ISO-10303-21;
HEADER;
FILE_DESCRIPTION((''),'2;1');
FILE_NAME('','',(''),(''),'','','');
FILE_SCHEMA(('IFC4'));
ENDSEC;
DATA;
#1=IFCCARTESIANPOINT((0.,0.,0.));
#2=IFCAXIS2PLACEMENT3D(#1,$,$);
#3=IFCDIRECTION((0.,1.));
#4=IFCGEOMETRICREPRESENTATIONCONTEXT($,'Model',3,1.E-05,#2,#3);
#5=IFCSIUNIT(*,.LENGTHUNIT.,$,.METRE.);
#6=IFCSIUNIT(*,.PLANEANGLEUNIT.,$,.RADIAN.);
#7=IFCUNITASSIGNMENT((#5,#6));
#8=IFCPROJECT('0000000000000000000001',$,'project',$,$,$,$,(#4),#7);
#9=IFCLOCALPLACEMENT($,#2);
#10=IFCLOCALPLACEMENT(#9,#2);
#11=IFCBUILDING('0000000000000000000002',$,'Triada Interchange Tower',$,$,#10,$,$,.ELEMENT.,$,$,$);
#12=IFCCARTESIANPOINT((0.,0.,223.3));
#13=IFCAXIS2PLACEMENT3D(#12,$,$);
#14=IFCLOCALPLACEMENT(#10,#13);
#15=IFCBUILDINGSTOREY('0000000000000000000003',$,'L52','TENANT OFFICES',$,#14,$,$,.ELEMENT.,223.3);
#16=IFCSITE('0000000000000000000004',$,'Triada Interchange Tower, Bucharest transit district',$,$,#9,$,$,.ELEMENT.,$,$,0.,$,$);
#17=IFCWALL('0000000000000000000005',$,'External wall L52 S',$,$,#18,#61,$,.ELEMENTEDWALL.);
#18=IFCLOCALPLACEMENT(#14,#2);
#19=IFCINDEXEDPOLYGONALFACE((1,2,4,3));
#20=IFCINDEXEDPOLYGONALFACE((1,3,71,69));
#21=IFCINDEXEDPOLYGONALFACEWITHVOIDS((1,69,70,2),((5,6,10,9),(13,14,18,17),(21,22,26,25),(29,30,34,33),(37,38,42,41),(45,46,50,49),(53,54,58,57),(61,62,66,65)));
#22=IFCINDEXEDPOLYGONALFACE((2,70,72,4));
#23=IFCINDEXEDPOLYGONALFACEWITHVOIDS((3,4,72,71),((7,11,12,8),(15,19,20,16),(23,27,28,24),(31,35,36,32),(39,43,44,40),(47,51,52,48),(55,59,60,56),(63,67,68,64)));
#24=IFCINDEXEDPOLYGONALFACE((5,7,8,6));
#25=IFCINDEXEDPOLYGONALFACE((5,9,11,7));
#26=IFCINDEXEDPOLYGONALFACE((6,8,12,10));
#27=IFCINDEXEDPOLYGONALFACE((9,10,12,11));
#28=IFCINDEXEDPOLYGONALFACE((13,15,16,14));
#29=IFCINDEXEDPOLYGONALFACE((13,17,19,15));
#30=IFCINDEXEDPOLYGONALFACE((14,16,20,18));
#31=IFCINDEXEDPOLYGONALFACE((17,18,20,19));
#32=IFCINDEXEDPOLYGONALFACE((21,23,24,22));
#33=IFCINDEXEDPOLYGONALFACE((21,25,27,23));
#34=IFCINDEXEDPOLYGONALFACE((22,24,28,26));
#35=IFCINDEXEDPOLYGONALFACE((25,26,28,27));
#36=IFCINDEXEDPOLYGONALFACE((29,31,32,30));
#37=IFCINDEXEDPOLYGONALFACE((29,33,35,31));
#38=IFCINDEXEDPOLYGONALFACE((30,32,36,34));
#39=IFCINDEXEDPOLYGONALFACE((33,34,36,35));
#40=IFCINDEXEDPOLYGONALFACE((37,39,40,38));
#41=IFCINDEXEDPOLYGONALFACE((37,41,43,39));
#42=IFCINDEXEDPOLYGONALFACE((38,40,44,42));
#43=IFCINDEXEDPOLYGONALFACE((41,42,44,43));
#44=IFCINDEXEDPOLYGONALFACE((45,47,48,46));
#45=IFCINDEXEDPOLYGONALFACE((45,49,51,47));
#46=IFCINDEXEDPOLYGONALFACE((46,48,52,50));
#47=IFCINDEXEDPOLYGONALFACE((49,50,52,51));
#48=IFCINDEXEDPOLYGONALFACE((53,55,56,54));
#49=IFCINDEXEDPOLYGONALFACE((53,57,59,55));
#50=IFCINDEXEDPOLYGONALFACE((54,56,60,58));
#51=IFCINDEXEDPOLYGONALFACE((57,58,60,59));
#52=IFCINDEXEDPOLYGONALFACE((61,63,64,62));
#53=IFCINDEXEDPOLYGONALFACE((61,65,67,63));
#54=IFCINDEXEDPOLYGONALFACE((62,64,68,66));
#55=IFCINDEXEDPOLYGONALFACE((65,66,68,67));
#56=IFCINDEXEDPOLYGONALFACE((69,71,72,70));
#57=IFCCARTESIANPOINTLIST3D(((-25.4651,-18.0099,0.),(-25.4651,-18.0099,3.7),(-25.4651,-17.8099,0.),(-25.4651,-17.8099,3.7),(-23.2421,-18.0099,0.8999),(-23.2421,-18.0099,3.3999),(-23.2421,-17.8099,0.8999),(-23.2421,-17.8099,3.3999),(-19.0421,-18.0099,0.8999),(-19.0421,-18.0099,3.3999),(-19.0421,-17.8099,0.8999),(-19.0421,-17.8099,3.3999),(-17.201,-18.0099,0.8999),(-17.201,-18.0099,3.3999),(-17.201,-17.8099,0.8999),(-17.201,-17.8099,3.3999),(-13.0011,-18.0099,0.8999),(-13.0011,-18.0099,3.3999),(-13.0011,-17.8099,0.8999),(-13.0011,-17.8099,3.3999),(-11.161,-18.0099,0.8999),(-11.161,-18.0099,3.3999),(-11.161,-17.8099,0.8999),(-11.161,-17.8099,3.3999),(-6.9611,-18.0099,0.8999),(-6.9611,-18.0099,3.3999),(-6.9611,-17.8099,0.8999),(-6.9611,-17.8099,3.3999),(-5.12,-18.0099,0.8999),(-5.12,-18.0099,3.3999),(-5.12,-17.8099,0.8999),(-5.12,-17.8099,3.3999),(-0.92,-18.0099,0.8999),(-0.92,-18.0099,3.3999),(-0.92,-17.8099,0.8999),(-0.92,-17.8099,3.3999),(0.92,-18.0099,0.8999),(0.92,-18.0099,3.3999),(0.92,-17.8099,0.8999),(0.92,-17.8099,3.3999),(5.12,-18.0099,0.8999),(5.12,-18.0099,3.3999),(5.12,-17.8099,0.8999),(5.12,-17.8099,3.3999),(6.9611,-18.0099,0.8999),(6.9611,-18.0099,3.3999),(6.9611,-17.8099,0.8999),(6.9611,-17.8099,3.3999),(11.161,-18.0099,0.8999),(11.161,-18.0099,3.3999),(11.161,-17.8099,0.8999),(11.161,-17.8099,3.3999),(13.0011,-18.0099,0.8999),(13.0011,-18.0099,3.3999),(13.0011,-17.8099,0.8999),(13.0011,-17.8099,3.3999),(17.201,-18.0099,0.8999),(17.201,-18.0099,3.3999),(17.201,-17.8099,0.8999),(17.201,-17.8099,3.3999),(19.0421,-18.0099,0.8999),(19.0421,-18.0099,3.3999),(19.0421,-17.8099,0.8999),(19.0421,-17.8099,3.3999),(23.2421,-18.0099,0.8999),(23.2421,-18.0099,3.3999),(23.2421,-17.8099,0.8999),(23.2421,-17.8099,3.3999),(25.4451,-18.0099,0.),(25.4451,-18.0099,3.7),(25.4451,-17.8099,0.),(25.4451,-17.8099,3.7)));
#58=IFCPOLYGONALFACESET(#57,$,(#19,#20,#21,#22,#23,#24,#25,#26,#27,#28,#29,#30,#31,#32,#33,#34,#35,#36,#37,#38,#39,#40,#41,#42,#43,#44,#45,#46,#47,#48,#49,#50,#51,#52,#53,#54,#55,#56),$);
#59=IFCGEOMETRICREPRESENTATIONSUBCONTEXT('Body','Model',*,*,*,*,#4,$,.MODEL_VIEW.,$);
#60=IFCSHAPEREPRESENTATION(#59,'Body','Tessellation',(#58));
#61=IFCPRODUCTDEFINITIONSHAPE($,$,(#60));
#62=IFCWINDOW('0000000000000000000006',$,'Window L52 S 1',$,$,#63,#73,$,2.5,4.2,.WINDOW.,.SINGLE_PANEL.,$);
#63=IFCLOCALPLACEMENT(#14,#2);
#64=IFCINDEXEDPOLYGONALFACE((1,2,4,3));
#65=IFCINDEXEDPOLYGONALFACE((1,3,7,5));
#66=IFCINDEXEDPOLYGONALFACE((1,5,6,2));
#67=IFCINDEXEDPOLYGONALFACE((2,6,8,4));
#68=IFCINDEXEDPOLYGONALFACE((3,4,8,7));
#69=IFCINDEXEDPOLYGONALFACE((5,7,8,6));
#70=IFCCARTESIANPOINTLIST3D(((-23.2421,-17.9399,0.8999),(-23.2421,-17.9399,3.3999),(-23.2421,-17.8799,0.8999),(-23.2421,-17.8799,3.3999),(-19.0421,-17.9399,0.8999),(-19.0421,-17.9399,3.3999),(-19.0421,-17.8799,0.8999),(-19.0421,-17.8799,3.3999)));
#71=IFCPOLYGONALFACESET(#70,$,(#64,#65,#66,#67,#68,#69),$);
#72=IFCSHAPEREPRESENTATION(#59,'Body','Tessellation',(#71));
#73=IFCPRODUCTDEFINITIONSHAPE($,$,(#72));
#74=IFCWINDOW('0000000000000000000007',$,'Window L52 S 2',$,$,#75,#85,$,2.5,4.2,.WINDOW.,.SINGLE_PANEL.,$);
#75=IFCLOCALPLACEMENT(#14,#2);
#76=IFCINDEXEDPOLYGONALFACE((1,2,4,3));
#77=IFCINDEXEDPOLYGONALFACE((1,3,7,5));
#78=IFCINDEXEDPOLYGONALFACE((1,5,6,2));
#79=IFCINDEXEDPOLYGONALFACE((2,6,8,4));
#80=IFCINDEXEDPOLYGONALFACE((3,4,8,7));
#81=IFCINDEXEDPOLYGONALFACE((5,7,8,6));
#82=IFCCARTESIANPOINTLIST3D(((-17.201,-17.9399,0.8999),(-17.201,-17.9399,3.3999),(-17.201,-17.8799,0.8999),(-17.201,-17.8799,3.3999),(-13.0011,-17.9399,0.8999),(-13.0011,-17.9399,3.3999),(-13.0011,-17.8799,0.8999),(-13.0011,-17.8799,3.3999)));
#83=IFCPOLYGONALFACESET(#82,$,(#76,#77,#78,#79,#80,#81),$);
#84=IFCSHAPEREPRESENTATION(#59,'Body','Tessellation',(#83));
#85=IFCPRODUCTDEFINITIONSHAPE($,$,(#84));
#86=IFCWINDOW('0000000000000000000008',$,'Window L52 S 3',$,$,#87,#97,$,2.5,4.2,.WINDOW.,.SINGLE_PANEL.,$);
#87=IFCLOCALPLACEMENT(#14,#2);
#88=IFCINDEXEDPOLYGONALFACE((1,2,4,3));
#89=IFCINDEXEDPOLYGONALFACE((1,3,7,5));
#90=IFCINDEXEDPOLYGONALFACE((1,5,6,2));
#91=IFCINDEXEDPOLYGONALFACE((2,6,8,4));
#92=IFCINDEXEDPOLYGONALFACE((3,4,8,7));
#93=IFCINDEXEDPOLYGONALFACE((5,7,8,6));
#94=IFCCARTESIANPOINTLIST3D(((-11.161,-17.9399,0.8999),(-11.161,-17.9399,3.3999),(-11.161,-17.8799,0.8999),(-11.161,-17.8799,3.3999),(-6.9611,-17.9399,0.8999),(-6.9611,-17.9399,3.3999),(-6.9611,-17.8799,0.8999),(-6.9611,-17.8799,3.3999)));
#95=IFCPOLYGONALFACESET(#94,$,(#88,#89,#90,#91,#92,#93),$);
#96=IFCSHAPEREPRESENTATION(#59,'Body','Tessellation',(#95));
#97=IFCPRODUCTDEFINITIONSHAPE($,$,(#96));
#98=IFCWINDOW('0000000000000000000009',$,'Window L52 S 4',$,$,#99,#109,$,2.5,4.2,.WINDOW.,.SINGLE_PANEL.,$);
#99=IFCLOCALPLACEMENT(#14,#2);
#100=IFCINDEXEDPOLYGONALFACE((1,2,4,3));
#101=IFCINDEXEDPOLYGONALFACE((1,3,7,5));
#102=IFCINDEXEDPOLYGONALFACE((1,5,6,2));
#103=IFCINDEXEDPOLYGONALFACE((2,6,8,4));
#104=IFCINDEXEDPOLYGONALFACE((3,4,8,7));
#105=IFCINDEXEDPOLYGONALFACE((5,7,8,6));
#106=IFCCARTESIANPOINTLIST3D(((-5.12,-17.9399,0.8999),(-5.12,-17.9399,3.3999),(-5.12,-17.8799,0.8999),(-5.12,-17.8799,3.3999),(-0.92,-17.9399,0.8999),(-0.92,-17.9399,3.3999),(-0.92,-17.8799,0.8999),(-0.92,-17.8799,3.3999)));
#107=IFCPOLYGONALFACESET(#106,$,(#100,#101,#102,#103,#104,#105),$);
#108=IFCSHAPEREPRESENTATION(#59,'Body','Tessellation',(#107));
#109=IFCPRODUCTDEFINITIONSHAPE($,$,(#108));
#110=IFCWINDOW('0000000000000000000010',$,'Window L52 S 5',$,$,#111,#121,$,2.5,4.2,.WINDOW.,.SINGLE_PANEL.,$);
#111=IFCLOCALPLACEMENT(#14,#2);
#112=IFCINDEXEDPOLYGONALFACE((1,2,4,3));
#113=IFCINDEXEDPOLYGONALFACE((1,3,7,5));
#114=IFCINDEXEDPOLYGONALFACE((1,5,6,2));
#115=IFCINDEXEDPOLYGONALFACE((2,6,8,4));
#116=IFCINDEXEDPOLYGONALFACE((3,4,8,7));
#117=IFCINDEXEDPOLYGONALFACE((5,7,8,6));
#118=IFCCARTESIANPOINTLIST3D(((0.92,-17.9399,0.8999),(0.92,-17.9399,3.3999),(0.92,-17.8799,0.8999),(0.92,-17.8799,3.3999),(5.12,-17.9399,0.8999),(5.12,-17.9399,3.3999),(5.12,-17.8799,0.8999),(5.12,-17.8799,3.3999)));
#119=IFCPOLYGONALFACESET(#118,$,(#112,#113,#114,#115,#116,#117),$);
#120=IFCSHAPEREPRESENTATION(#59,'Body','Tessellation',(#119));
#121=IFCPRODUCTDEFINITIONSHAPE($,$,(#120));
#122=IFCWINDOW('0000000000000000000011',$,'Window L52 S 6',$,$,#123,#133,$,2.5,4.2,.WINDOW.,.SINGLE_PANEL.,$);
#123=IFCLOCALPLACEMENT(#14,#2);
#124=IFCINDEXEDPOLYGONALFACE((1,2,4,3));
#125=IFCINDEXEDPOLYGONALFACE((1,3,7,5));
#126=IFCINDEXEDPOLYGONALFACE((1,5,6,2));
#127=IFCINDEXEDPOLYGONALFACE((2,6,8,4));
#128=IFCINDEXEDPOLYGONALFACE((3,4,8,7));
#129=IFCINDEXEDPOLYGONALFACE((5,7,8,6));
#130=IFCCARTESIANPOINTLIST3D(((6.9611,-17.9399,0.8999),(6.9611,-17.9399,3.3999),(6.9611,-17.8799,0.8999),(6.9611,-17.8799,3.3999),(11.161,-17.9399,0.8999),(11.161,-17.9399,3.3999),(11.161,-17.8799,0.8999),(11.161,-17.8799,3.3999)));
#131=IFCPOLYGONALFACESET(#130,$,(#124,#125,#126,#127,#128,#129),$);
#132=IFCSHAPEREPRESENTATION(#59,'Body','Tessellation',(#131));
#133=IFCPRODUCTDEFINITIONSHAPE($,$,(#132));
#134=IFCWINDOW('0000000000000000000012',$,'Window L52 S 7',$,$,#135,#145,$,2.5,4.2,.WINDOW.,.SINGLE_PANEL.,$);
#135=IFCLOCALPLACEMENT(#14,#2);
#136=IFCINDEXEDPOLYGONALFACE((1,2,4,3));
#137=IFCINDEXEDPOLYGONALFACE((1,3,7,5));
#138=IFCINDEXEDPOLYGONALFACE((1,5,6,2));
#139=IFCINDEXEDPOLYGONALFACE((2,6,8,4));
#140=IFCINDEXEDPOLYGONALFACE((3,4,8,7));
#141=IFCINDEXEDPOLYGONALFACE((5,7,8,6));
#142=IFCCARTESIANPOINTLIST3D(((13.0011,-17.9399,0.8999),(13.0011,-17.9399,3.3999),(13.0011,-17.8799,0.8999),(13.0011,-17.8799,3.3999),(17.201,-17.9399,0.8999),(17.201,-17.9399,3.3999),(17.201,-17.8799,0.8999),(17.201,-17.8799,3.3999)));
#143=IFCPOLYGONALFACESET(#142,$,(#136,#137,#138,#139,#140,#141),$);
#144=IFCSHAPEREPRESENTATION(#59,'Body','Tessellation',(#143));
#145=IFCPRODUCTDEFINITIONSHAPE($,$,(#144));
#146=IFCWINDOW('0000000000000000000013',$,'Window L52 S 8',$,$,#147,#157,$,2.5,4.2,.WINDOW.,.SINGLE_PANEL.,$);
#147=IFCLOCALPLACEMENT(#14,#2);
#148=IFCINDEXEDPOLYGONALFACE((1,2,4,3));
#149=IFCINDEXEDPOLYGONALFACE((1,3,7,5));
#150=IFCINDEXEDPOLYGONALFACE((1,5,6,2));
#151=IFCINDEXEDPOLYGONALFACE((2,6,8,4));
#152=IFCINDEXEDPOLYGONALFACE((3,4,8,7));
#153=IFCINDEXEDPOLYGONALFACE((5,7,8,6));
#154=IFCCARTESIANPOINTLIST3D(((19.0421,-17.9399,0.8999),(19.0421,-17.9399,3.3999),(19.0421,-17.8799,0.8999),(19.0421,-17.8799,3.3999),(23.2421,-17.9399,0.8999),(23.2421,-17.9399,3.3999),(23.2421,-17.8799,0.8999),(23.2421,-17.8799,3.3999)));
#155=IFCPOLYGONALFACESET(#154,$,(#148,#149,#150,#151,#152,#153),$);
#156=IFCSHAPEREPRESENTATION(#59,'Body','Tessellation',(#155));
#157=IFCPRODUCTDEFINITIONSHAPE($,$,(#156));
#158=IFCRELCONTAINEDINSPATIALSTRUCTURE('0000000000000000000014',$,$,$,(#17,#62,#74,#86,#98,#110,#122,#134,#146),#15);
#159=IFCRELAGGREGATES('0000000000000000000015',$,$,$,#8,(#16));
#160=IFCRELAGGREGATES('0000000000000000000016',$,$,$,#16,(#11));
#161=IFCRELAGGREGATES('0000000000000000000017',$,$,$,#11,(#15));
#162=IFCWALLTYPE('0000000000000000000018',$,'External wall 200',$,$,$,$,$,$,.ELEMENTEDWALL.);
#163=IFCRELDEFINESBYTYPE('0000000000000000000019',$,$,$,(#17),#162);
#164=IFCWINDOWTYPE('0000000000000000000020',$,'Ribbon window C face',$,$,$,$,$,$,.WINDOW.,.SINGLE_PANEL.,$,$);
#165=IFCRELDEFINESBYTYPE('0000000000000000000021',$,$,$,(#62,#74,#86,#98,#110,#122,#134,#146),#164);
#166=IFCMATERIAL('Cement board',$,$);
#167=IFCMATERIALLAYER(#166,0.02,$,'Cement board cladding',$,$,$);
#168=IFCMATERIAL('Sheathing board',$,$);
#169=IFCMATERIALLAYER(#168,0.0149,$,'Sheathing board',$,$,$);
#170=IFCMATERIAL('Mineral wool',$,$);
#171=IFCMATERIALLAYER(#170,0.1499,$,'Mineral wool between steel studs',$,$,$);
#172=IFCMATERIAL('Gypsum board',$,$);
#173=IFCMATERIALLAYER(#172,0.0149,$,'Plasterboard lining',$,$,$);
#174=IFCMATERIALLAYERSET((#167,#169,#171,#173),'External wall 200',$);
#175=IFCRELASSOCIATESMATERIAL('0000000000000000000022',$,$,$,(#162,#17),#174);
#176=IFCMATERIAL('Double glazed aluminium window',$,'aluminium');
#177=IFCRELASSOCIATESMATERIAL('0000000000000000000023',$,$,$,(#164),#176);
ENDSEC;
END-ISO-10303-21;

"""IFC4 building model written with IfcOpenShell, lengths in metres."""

from ifc_helpers import new_model, si_unit, direction, frame, frame_2d, origin, place, context, subcontext, project, spatial, rectangle, extrude, material, layer, layer_set, layer_usage, type_object, element, fill, save


model = new_model("IFC4")

# Units and contexts
model_context = context("Model", 3, precision=1e-05, world=origin(), true_north=direction((0.0, 1.0)))
body_context = subcontext(model_context, "Body", "Model", "MODEL_VIEW")
ifc_project = project(units=[si_unit("LENGTHUNIT", "METRE"), si_unit("PLANEANGLEUNIT", "RADIAN")], contexts=[model_context])

# Site, building, storey
site_placement = place(None, origin())
site = spatial("IfcSite", under=ifc_project, at=site_placement, Name="Triada Interchange Tower, Bucharest transit district", CompositionType="ELEMENT", RefElevation=0.0)
building_placement = place(site_placement, origin())
building = spatial("IfcBuilding", under=site, at=building_placement, Name="Triada Interchange Tower", CompositionType="ELEMENT")
storey_placement = place(building_placement, frame((0.0, 0.0, 223.3)))
storey = spatial("IfcBuildingStorey", under=building, at=storey_placement, Name="L52", Description="TENANT OFFICES", CompositionType="ELEMENT", Elevation=223.3)

# Shared definitions
ifc_material_1 = material(Name="Cement board")
ifc_layer_1 = layer(ifc_material_1, 0.02, Name="Cement board cladding")
ifc_material_2 = material(Name="Sheathing board")
ifc_layer_2 = layer(ifc_material_2, 0.0149, Name="Sheathing board")
ifc_material_3 = material(Name="Mineral wool")
ifc_layer_3 = layer(ifc_material_3, 0.1499, Name="Mineral wool between steel studs")
ifc_material_4 = material(Name="Gypsum board")
ifc_layer_4 = layer(ifc_material_4, 0.0149, Name="Plasterboard lining")
ifc_layer_set_1 = layer_set([ifc_layer_1, ifc_layer_2, ifc_layer_3, ifc_layer_4], Name="External wall 200")
ifc_layer_usage = layer_usage(ifc_layer_set_1, "AXIS2", "POSITIVE", -0.1001)
wall_type_1 = type_object("IfcWallType", Name="External wall 200", PredefinedType="ELEMENTEDWALL", material=ifc_layer_set_1)
ifc_material_5 = material(Name="Double glazed aluminium window", Category="aluminium")

# Wall, openings, windows
wall_1_placement = place(storey_placement, frame((-25.4651, -17.9099, 0.0), z_axis=(0.0, 0.0, 1.0), x_axis=(1.0, 0.0, 0.0)))
wall_1 = element("IfcWall", 1, at=wall_1_placement, inside=storey, type_object=wall_type_1, material=ifc_layer_usage, Name="External wall L52 S", PredefinedType="ELEMENTEDWALL", context=body_context, shape_type="SweptSolid", body=[
    extrude(rectangle(XDim=50.9102, YDim=0.2, at=frame_2d((25.4551, 0.0))), origin(), (0.0, 0.0, 1.0), 3.7),
])
opening_1_placement = place(wall_1_placement, frame((2.2229, 0.0, 0.8999)))
opening_1 = element("IfcOpeningElement", 2, at=opening_1_placement, cuts=wall_1, PredefinedType="OPENING", context=body_context, shape_type="SweptSolid", body=[
    extrude(rectangle(XDim=4.2, YDim=2.5, at=frame_2d((2.1001, 1.25))), frame((0.0, 0.1099, 0.0), z_axis=(0.0, -1.0, 0.0), x_axis=(1.0, 0.0, 0.0)), (0.0, 0.0, 1.0), 0.22),
])
opening_2_placement = place(wall_1_placement, frame((8.2639, 0.0, 0.8999)))
opening_2 = element("IfcOpeningElement", 3, at=opening_2_placement, cuts=wall_1, PredefinedType="OPENING", context=body_context, shape_type="SweptSolid", body=[
    extrude(rectangle(XDim=4.2, YDim=2.5, at=frame_2d((2.1001, 1.25))), frame((0.0, 0.1099, 0.0), z_axis=(0.0, -1.0, 0.0), x_axis=(1.0, 0.0, 0.0)), (0.0, 0.0, 1.0), 0.22),
])
opening_3_placement = place(wall_1_placement, frame((14.304, 0.0, 0.8999)))
opening_3 = element("IfcOpeningElement", 4, at=opening_3_placement, cuts=wall_1, PredefinedType="OPENING", context=body_context, shape_type="SweptSolid", body=[
    extrude(rectangle(XDim=4.2, YDim=2.5, at=frame_2d((2.1001, 1.25))), frame((0.0, 0.1099, 0.0), z_axis=(0.0, -1.0, 0.0), x_axis=(1.0, 0.0, 0.0)), (0.0, 0.0, 1.0), 0.22),
])
opening_4_placement = place(wall_1_placement, frame((20.345, 0.0, 0.8999)))
opening_4 = element("IfcOpeningElement", 5, at=opening_4_placement, cuts=wall_1, PredefinedType="OPENING", context=body_context, shape_type="SweptSolid", body=[
    extrude(rectangle(XDim=4.2, YDim=2.5, at=frame_2d((2.1001, 1.25))), frame((0.0, 0.1099, 0.0), z_axis=(0.0, -1.0, 0.0), x_axis=(1.0, 0.0, 0.0)), (0.0, 0.0, 1.0), 0.22),
])
opening_5_placement = place(wall_1_placement, frame((26.385, 0.0, 0.8999)))
opening_5 = element("IfcOpeningElement", 6, at=opening_5_placement, cuts=wall_1, PredefinedType="OPENING", context=body_context, shape_type="SweptSolid", body=[
    extrude(rectangle(XDim=4.2, YDim=2.5, at=frame_2d((2.1001, 1.25))), frame((0.0, 0.1099, 0.0), z_axis=(0.0, -1.0, 0.0), x_axis=(1.0, 0.0, 0.0)), (0.0, 0.0, 1.0), 0.22),
])
opening_6_placement = place(wall_1_placement, frame((32.426, 0.0, 0.8999)))
opening_6 = element("IfcOpeningElement", 7, at=opening_6_placement, cuts=wall_1, PredefinedType="OPENING", context=body_context, shape_type="SweptSolid", body=[
    extrude(rectangle(XDim=4.2, YDim=2.5, at=frame_2d((2.1001, 1.25))), frame((0.0, 0.1099, 0.0), z_axis=(0.0, -1.0, 0.0), x_axis=(1.0, 0.0, 0.0)), (0.0, 0.0, 1.0), 0.22),
])
opening_7_placement = place(wall_1_placement, frame((38.4661, 0.0, 0.8999)))
opening_7 = element("IfcOpeningElement", 8, at=opening_7_placement, cuts=wall_1, PredefinedType="OPENING", context=body_context, shape_type="SweptSolid", body=[
    extrude(rectangle(XDim=4.2, YDim=2.5, at=frame_2d((2.1001, 1.25))), frame((0.0, 0.1099, 0.0), z_axis=(0.0, -1.0, 0.0), x_axis=(1.0, 0.0, 0.0)), (0.0, 0.0, 1.0), 0.22),
])
opening_8_placement = place(wall_1_placement, frame((44.5071, 0.0, 0.8999)))
opening_8 = element("IfcOpeningElement", 9, at=opening_8_placement, cuts=wall_1, PredefinedType="OPENING", context=body_context, shape_type="SweptSolid", body=[
    extrude(rectangle(XDim=4.2, YDim=2.5, at=frame_2d((2.1001, 1.25))), frame((0.0, 0.1099, 0.0), z_axis=(0.0, -1.0, 0.0), x_axis=(1.0, 0.0, 0.0)), (0.0, 0.0, 1.0), 0.22),
])
window_type_1 = type_object("IfcWindowType", Name="Ribbon window C face", PartitioningType="SINGLE_PANEL", PredefinedType="WINDOW", material=ifc_material_5)
window_1_placement = place(opening_1_placement, origin())
window_1 = element("IfcWindow", 10, at=window_1_placement, inside=storey, type_object=window_type_1, Name="Window L52 S 1", OverallHeight=2.5, OverallWidth=4.2, PartitioningType="SINGLE_PANEL", PredefinedType="WINDOW", context=body_context, shape_type="SweptSolid", body=[
    extrude(rectangle(XDim=4.2, YDim=2.5, at=frame_2d((2.1001, 1.25))), frame((0.0, 0.03, 0.0), z_axis=(0.0, -1.0, 0.0), x_axis=(1.0, 0.0, 0.0)), (0.0, 0.0, 1.0), 0.0601),
])
fill(opening_1, window_1)
window_2_placement = place(opening_2_placement, origin())
window_2 = element("IfcWindow", 11, at=window_2_placement, inside=storey, type_object=window_type_1, Name="Window L52 S 2", OverallHeight=2.5, OverallWidth=4.2, PartitioningType="SINGLE_PANEL", PredefinedType="WINDOW", context=body_context, shape_type="SweptSolid", body=[
    extrude(rectangle(XDim=4.2, YDim=2.5, at=frame_2d((2.1001, 1.25))), frame((0.0, 0.03, 0.0), z_axis=(0.0, -1.0, 0.0), x_axis=(1.0, 0.0, 0.0)), (0.0, 0.0, 1.0), 0.0601),
])
fill(opening_2, window_2)
window_3_placement = place(opening_3_placement, origin())
window_3 = element("IfcWindow", 12, at=window_3_placement, inside=storey, type_object=window_type_1, Name="Window L52 S 3", OverallHeight=2.5, OverallWidth=4.2, PartitioningType="SINGLE_PANEL", PredefinedType="WINDOW", context=body_context, shape_type="SweptSolid", body=[
    extrude(rectangle(XDim=4.2, YDim=2.5, at=frame_2d((2.1001, 1.25))), frame((0.0, 0.03, 0.0), z_axis=(0.0, -1.0, 0.0), x_axis=(1.0, 0.0, 0.0)), (0.0, 0.0, 1.0), 0.0601),
])
fill(opening_3, window_3)
window_4_placement = place(opening_4_placement, origin())
window_4 = element("IfcWindow", 13, at=window_4_placement, inside=storey, type_object=window_type_1, Name="Window L52 S 4", OverallHeight=2.5, OverallWidth=4.2, PartitioningType="SINGLE_PANEL", PredefinedType="WINDOW", context=body_context, shape_type="SweptSolid", body=[
    extrude(rectangle(XDim=4.2, YDim=2.5, at=frame_2d((2.1001, 1.25))), frame((0.0, 0.03, 0.0), z_axis=(0.0, -1.0, 0.0), x_axis=(1.0, 0.0, 0.0)), (0.0, 0.0, 1.0), 0.0601),
])
fill(opening_4, window_4)
window_5_placement = place(opening_5_placement, origin())
window_5 = element("IfcWindow", 14, at=window_5_placement, inside=storey, type_object=window_type_1, Name="Window L52 S 5", OverallHeight=2.5, OverallWidth=4.2, PartitioningType="SINGLE_PANEL", PredefinedType="WINDOW", context=body_context, shape_type="SweptSolid", body=[
    extrude(rectangle(XDim=4.2, YDim=2.5, at=frame_2d((2.1001, 1.25))), frame((0.0, 0.03, 0.0), z_axis=(0.0, -1.0, 0.0), x_axis=(1.0, 0.0, 0.0)), (0.0, 0.0, 1.0), 0.0601),
])
fill(opening_5, window_5)
window_6_placement = place(opening_6_placement, origin())
window_6 = element("IfcWindow", 15, at=window_6_placement, inside=storey, type_object=window_type_1, Name="Window L52 S 6", OverallHeight=2.5, OverallWidth=4.2, PartitioningType="SINGLE_PANEL", PredefinedType="WINDOW", context=body_context, shape_type="SweptSolid", body=[
    extrude(rectangle(XDim=4.2, YDim=2.5, at=frame_2d((2.1001, 1.25))), frame((0.0, 0.03, 0.0), z_axis=(0.0, -1.0, 0.0), x_axis=(1.0, 0.0, 0.0)), (0.0, 0.0, 1.0), 0.0601),
])
fill(opening_6, window_6)
window_7_placement = place(opening_7_placement, origin())
window_7 = element("IfcWindow", 16, at=window_7_placement, inside=storey, type_object=window_type_1, Name="Window L52 S 7", OverallHeight=2.5, OverallWidth=4.2, PartitioningType="SINGLE_PANEL", PredefinedType="WINDOW", context=body_context, shape_type="SweptSolid", body=[
    extrude(rectangle(XDim=4.2, YDim=2.5, at=frame_2d((2.1001, 1.25))), frame((0.0, 0.03, 0.0), z_axis=(0.0, -1.0, 0.0), x_axis=(1.0, 0.0, 0.0)), (0.0, 0.0, 1.0), 0.0601),
])
fill(opening_7, window_7)
window_8_placement = place(opening_8_placement, origin())
window_8 = element("IfcWindow", 17, at=window_8_placement, inside=storey, type_object=window_type_1, Name="Window L52 S 8", OverallHeight=2.5, OverallWidth=4.2, PartitioningType="SINGLE_PANEL", PredefinedType="WINDOW", context=body_context, shape_type="SweptSolid", body=[
    extrude(rectangle(XDim=4.2, YDim=2.5, at=frame_2d((2.1001, 1.25))), frame((0.0, 0.03, 0.0), z_axis=(0.0, -1.0, 0.0), x_axis=(1.0, 0.0, 0.0)), (0.0, 0.0, 1.0), 0.0601),
])
fill(opening_8, window_8)

save(model, "model.ifc")
